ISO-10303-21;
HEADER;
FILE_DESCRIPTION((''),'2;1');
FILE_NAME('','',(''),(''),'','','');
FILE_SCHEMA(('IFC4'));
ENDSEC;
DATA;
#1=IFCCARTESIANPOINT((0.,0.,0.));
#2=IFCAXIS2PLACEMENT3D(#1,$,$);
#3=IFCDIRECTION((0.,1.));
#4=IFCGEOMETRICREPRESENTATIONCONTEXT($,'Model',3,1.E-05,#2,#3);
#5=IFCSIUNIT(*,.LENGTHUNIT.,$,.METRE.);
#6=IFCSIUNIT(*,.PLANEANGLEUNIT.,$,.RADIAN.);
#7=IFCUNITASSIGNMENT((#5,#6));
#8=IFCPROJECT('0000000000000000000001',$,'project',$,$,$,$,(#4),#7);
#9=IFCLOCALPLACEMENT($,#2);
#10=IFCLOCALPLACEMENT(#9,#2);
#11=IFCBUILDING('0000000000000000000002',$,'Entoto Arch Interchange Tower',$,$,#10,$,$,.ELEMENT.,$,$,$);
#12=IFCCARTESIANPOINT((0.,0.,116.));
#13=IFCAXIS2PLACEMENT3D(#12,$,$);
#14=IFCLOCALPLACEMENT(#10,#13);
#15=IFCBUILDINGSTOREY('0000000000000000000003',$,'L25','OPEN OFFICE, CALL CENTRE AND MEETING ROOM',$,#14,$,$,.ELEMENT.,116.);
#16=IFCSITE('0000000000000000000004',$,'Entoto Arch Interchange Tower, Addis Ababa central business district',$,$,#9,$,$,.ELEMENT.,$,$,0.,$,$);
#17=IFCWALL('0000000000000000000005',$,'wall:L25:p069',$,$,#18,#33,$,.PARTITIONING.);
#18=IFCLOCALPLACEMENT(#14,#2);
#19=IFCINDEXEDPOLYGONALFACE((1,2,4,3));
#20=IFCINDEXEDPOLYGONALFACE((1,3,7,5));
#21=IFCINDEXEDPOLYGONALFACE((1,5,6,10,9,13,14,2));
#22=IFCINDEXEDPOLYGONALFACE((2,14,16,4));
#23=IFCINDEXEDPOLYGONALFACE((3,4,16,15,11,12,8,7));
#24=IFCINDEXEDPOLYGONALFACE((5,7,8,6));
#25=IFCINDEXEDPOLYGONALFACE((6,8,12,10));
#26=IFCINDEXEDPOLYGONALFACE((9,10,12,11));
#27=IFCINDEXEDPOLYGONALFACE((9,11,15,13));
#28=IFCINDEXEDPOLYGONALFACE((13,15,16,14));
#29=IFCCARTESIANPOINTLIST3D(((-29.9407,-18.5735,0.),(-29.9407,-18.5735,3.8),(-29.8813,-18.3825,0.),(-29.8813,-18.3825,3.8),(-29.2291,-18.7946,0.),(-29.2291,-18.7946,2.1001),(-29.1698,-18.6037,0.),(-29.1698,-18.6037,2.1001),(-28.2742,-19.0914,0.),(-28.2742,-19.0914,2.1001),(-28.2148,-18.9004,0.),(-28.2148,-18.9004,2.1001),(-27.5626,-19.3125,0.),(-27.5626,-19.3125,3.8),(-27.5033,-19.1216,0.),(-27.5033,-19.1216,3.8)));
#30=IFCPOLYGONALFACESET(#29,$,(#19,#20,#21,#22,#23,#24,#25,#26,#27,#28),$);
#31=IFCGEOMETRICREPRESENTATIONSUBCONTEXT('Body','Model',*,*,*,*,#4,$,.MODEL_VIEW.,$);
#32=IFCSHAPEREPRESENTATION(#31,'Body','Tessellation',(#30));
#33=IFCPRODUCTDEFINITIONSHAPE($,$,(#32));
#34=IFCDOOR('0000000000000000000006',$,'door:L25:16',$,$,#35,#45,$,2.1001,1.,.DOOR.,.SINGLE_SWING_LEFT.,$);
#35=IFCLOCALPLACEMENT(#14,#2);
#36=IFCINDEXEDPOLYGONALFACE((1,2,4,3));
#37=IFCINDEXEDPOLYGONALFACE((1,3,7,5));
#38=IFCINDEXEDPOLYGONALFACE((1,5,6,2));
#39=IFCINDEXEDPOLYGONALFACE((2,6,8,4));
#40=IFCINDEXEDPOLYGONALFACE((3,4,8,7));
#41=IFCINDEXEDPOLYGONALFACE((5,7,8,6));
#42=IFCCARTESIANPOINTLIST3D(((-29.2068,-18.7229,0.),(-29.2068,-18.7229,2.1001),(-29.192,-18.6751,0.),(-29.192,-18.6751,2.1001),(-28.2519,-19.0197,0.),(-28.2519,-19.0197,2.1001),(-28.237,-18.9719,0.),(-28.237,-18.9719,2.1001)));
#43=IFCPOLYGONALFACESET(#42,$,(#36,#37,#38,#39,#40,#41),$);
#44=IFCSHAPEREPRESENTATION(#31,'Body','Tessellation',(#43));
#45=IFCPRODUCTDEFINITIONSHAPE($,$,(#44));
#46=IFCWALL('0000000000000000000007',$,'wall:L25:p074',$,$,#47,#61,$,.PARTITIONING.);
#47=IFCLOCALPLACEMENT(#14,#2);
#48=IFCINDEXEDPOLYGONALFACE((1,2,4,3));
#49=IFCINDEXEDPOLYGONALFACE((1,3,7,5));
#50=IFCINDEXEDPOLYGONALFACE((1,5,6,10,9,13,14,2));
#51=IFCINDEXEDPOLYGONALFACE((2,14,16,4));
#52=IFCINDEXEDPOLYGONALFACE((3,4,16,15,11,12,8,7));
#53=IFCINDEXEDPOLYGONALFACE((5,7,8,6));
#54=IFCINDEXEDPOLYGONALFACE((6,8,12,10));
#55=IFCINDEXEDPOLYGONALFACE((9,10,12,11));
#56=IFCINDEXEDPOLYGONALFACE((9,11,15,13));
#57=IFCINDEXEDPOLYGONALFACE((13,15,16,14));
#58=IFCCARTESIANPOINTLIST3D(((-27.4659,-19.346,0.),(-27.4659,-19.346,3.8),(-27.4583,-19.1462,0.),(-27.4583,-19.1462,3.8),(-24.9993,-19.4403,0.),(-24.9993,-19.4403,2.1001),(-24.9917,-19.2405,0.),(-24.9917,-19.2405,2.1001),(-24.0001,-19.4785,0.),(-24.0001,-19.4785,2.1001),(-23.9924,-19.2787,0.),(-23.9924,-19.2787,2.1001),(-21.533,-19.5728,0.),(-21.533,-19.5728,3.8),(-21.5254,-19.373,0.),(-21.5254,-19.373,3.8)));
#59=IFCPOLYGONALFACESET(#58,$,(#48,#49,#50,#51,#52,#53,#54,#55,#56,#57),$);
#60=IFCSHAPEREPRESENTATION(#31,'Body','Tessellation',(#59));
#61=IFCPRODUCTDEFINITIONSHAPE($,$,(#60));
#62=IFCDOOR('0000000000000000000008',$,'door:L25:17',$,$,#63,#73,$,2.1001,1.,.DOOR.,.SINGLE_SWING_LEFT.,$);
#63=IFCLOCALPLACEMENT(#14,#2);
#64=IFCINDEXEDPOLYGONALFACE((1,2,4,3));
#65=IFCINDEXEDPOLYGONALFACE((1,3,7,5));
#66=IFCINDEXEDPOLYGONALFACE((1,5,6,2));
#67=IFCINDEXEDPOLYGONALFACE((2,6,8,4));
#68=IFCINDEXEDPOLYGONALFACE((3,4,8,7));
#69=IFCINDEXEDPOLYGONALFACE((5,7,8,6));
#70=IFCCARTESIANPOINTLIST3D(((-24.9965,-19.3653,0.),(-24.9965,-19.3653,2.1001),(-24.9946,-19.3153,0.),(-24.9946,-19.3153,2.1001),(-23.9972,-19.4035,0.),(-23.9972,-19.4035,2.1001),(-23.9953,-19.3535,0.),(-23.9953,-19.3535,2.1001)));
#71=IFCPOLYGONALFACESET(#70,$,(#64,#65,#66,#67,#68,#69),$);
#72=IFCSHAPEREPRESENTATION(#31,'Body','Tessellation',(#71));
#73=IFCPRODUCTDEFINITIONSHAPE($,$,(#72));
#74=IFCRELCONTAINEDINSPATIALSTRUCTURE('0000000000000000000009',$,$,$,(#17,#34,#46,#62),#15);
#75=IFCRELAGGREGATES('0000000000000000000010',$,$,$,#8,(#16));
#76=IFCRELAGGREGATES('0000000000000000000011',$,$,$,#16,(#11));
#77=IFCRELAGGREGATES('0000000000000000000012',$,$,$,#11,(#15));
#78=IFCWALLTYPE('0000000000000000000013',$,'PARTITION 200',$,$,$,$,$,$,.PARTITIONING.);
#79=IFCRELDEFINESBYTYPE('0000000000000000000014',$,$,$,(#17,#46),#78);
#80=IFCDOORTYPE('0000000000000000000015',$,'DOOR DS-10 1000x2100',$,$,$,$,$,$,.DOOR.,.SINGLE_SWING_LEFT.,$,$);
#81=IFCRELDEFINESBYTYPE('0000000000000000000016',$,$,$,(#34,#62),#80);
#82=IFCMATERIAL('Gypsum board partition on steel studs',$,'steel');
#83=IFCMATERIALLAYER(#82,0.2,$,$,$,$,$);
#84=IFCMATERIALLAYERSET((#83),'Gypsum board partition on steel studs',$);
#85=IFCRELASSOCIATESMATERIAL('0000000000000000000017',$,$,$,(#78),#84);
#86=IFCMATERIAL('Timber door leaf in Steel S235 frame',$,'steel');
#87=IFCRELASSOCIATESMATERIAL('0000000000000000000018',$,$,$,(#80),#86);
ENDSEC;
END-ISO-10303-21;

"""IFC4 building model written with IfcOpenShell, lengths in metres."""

from ifc_helpers import new_model, si_unit, direction, frame, frame_2d, origin, place, context, subcontext, project, spatial, rectangle, extrude, material, layer, layer_set, type_object, element, fill, save


model = new_model("IFC4")

# Units and contexts
model_context = context("Model", 3, precision=1e-05, world=origin(), true_north=direction((0.0, 1.0)))
body_context = subcontext(model_context, "Body", "Model", "MODEL_VIEW")
ifc_project = project(units=[si_unit("LENGTHUNIT", "METRE"), si_unit("PLANEANGLEUNIT", "RADIAN")], contexts=[model_context])

# Site, building, storey
site_placement = place(None, origin())
site = spatial("IfcSite", under=ifc_project, at=site_placement, Name="Entoto Arch Interchange Tower, Addis Ababa central business district", CompositionType="ELEMENT", RefElevation=0.0)
building_placement = place(site_placement, origin())
building = spatial("IfcBuilding", under=site, at=building_placement, Name="Entoto Arch Interchange Tower", CompositionType="ELEMENT")
storey_placement = place(building_placement, frame((0.0, 0.0, 116.0)))
storey = spatial("IfcBuildingStorey", under=building, at=storey_placement, Name="L25", Description="OPEN OFFICE, CALL CENTRE AND MEETING ROOM", CompositionType="ELEMENT", Elevation=116.0)

# Shared definitions
ifc_material_1 = material(Name="Gypsum board partition on steel studs", Category="steel")

# Shared definitions
ifc_layer_1 = layer(ifc_material_1, 0.2)
ifc_layer_set_1 = layer_set([ifc_layer_1], Name="Gypsum board partition on steel studs")
wall_type_1 = type_object("IfcWallType", Name="PARTITION 200", PredefinedType="PARTITIONING", material=ifc_layer_set_1)
ifc_material_2 = material(Name="Timber door leaf in Steel S235 frame", Category="steel")

# Shared definitions
door_type_1 = type_object("IfcDoorType", Name="DOOR DS-10 1000x2100", OperationType="SINGLE_SWING_LEFT", PredefinedType="DOOR", material=ifc_material_2)

# Walls, openings, doors
wall_1_placement = place(storey_placement, frame((-27.533, -19.217, 0.0), z_axis=(0.0, 0.0, 1.0), x_axis=(-0.954946, 0.296778, 0.0)))
wall_1 = element("IfcWall", 1, at=wall_1_placement, inside=storey, type_object=wall_type_1, Name="wall:L25:p069", PredefinedType="PARTITIONING", context=body_context, shape_type="SweptSolid", body=[
    extrude(rectangle(XDim=2.4902, YDim=0.2, at=frame_2d((1.2451, 0.0))), origin(), (0.0, 0.0, 1.0), 3.8),
])
opening_1_placement = place(wall_1_placement, frame((0.7451, 0.0, 0.0)))
opening_1 = element("IfcOpeningElement", 2, at=opening_1_placement, cuts=wall_1, PredefinedType="OPENING", context=body_context, shape_type="SweptSolid", body=[
    extrude(rectangle(XDim=1.0, YDim=2.1001, at=frame_2d((0.5, 1.05))), frame((0.0, 0.1099, 0.0), z_axis=(0.0, -1.0, 0.0), x_axis=(1.0, 0.0, 0.0)), (0.0, 0.0, 1.0), 0.22),
])
door_1_placement = place(opening_1_placement, origin())
door_1 = element("IfcDoor", 3, at=door_1_placement, inside=storey, type_object=door_type_1, Name="door:L25:16", OperationType="SINGLE_SWING_LEFT", OverallHeight=2.1001, OverallWidth=1.0, PredefinedType="DOOR", context=body_context, shape_type="SweptSolid", body=[
    extrude(rectangle(XDim=1.0, YDim=2.1001, at=frame_2d((0.5, 1.05))), frame((0.0, 0.0249, 0.0), z_axis=(0.0, -1.0, 0.0), x_axis=(1.0, 0.0, 0.0)), (0.0, 0.0, 1.0), 0.05),
])
fill(opening_1, door_1)
wall_2_placement = place(storey_placement, frame((-21.5291, -19.4729, 0.0), z_axis=(0.0, 0.0, 1.0), x_axis=(-0.99927, 0.038201, 0.0)))
wall_2 = element("IfcWall", 4, at=wall_2_placement, inside=storey, type_object=wall_type_1, Name="wall:L25:p074", PredefinedType="PARTITIONING", context=body_context, shape_type="SweptSolid", body=[
    extrude(rectangle(XDim=5.9373, YDim=0.2, at=frame_2d((2.9688, 0.0))), origin(), (0.0, 0.0, 1.0), 3.8),
])
opening_2_placement = place(wall_2_placement, frame((2.469, 0.0, 0.0)))
opening_2 = element("IfcOpeningElement", 5, at=opening_2_placement, cuts=wall_2, PredefinedType="OPENING", context=body_context, shape_type="SweptSolid", body=[
    extrude(rectangle(XDim=1.0, YDim=2.1001, at=frame_2d((0.5, 1.05))), frame((0.0, 0.1099, 0.0), z_axis=(0.0, -1.0, 0.0), x_axis=(1.0, 0.0, 0.0)), (0.0, 0.0, 1.0), 0.22),
])
door_2_placement = place(opening_2_placement, origin())
door_2 = element("IfcDoor", 6, at=door_2_placement, inside=storey, type_object=door_type_1, Name="door:L25:17", OperationType="SINGLE_SWING_LEFT", OverallHeight=2.1001, OverallWidth=1.0, PredefinedType="DOOR", context=body_context, shape_type="SweptSolid", body=[
    extrude(rectangle(XDim=1.0, YDim=2.1001, at=frame_2d((0.5, 1.05))), frame((0.0, 0.0249, 0.0), z_axis=(0.0, -1.0, 0.0), x_axis=(1.0, 0.0, 0.0)), (0.0, 0.0, 1.0), 0.05),
])
fill(opening_2, door_2)

save(model, "model.ifc")
